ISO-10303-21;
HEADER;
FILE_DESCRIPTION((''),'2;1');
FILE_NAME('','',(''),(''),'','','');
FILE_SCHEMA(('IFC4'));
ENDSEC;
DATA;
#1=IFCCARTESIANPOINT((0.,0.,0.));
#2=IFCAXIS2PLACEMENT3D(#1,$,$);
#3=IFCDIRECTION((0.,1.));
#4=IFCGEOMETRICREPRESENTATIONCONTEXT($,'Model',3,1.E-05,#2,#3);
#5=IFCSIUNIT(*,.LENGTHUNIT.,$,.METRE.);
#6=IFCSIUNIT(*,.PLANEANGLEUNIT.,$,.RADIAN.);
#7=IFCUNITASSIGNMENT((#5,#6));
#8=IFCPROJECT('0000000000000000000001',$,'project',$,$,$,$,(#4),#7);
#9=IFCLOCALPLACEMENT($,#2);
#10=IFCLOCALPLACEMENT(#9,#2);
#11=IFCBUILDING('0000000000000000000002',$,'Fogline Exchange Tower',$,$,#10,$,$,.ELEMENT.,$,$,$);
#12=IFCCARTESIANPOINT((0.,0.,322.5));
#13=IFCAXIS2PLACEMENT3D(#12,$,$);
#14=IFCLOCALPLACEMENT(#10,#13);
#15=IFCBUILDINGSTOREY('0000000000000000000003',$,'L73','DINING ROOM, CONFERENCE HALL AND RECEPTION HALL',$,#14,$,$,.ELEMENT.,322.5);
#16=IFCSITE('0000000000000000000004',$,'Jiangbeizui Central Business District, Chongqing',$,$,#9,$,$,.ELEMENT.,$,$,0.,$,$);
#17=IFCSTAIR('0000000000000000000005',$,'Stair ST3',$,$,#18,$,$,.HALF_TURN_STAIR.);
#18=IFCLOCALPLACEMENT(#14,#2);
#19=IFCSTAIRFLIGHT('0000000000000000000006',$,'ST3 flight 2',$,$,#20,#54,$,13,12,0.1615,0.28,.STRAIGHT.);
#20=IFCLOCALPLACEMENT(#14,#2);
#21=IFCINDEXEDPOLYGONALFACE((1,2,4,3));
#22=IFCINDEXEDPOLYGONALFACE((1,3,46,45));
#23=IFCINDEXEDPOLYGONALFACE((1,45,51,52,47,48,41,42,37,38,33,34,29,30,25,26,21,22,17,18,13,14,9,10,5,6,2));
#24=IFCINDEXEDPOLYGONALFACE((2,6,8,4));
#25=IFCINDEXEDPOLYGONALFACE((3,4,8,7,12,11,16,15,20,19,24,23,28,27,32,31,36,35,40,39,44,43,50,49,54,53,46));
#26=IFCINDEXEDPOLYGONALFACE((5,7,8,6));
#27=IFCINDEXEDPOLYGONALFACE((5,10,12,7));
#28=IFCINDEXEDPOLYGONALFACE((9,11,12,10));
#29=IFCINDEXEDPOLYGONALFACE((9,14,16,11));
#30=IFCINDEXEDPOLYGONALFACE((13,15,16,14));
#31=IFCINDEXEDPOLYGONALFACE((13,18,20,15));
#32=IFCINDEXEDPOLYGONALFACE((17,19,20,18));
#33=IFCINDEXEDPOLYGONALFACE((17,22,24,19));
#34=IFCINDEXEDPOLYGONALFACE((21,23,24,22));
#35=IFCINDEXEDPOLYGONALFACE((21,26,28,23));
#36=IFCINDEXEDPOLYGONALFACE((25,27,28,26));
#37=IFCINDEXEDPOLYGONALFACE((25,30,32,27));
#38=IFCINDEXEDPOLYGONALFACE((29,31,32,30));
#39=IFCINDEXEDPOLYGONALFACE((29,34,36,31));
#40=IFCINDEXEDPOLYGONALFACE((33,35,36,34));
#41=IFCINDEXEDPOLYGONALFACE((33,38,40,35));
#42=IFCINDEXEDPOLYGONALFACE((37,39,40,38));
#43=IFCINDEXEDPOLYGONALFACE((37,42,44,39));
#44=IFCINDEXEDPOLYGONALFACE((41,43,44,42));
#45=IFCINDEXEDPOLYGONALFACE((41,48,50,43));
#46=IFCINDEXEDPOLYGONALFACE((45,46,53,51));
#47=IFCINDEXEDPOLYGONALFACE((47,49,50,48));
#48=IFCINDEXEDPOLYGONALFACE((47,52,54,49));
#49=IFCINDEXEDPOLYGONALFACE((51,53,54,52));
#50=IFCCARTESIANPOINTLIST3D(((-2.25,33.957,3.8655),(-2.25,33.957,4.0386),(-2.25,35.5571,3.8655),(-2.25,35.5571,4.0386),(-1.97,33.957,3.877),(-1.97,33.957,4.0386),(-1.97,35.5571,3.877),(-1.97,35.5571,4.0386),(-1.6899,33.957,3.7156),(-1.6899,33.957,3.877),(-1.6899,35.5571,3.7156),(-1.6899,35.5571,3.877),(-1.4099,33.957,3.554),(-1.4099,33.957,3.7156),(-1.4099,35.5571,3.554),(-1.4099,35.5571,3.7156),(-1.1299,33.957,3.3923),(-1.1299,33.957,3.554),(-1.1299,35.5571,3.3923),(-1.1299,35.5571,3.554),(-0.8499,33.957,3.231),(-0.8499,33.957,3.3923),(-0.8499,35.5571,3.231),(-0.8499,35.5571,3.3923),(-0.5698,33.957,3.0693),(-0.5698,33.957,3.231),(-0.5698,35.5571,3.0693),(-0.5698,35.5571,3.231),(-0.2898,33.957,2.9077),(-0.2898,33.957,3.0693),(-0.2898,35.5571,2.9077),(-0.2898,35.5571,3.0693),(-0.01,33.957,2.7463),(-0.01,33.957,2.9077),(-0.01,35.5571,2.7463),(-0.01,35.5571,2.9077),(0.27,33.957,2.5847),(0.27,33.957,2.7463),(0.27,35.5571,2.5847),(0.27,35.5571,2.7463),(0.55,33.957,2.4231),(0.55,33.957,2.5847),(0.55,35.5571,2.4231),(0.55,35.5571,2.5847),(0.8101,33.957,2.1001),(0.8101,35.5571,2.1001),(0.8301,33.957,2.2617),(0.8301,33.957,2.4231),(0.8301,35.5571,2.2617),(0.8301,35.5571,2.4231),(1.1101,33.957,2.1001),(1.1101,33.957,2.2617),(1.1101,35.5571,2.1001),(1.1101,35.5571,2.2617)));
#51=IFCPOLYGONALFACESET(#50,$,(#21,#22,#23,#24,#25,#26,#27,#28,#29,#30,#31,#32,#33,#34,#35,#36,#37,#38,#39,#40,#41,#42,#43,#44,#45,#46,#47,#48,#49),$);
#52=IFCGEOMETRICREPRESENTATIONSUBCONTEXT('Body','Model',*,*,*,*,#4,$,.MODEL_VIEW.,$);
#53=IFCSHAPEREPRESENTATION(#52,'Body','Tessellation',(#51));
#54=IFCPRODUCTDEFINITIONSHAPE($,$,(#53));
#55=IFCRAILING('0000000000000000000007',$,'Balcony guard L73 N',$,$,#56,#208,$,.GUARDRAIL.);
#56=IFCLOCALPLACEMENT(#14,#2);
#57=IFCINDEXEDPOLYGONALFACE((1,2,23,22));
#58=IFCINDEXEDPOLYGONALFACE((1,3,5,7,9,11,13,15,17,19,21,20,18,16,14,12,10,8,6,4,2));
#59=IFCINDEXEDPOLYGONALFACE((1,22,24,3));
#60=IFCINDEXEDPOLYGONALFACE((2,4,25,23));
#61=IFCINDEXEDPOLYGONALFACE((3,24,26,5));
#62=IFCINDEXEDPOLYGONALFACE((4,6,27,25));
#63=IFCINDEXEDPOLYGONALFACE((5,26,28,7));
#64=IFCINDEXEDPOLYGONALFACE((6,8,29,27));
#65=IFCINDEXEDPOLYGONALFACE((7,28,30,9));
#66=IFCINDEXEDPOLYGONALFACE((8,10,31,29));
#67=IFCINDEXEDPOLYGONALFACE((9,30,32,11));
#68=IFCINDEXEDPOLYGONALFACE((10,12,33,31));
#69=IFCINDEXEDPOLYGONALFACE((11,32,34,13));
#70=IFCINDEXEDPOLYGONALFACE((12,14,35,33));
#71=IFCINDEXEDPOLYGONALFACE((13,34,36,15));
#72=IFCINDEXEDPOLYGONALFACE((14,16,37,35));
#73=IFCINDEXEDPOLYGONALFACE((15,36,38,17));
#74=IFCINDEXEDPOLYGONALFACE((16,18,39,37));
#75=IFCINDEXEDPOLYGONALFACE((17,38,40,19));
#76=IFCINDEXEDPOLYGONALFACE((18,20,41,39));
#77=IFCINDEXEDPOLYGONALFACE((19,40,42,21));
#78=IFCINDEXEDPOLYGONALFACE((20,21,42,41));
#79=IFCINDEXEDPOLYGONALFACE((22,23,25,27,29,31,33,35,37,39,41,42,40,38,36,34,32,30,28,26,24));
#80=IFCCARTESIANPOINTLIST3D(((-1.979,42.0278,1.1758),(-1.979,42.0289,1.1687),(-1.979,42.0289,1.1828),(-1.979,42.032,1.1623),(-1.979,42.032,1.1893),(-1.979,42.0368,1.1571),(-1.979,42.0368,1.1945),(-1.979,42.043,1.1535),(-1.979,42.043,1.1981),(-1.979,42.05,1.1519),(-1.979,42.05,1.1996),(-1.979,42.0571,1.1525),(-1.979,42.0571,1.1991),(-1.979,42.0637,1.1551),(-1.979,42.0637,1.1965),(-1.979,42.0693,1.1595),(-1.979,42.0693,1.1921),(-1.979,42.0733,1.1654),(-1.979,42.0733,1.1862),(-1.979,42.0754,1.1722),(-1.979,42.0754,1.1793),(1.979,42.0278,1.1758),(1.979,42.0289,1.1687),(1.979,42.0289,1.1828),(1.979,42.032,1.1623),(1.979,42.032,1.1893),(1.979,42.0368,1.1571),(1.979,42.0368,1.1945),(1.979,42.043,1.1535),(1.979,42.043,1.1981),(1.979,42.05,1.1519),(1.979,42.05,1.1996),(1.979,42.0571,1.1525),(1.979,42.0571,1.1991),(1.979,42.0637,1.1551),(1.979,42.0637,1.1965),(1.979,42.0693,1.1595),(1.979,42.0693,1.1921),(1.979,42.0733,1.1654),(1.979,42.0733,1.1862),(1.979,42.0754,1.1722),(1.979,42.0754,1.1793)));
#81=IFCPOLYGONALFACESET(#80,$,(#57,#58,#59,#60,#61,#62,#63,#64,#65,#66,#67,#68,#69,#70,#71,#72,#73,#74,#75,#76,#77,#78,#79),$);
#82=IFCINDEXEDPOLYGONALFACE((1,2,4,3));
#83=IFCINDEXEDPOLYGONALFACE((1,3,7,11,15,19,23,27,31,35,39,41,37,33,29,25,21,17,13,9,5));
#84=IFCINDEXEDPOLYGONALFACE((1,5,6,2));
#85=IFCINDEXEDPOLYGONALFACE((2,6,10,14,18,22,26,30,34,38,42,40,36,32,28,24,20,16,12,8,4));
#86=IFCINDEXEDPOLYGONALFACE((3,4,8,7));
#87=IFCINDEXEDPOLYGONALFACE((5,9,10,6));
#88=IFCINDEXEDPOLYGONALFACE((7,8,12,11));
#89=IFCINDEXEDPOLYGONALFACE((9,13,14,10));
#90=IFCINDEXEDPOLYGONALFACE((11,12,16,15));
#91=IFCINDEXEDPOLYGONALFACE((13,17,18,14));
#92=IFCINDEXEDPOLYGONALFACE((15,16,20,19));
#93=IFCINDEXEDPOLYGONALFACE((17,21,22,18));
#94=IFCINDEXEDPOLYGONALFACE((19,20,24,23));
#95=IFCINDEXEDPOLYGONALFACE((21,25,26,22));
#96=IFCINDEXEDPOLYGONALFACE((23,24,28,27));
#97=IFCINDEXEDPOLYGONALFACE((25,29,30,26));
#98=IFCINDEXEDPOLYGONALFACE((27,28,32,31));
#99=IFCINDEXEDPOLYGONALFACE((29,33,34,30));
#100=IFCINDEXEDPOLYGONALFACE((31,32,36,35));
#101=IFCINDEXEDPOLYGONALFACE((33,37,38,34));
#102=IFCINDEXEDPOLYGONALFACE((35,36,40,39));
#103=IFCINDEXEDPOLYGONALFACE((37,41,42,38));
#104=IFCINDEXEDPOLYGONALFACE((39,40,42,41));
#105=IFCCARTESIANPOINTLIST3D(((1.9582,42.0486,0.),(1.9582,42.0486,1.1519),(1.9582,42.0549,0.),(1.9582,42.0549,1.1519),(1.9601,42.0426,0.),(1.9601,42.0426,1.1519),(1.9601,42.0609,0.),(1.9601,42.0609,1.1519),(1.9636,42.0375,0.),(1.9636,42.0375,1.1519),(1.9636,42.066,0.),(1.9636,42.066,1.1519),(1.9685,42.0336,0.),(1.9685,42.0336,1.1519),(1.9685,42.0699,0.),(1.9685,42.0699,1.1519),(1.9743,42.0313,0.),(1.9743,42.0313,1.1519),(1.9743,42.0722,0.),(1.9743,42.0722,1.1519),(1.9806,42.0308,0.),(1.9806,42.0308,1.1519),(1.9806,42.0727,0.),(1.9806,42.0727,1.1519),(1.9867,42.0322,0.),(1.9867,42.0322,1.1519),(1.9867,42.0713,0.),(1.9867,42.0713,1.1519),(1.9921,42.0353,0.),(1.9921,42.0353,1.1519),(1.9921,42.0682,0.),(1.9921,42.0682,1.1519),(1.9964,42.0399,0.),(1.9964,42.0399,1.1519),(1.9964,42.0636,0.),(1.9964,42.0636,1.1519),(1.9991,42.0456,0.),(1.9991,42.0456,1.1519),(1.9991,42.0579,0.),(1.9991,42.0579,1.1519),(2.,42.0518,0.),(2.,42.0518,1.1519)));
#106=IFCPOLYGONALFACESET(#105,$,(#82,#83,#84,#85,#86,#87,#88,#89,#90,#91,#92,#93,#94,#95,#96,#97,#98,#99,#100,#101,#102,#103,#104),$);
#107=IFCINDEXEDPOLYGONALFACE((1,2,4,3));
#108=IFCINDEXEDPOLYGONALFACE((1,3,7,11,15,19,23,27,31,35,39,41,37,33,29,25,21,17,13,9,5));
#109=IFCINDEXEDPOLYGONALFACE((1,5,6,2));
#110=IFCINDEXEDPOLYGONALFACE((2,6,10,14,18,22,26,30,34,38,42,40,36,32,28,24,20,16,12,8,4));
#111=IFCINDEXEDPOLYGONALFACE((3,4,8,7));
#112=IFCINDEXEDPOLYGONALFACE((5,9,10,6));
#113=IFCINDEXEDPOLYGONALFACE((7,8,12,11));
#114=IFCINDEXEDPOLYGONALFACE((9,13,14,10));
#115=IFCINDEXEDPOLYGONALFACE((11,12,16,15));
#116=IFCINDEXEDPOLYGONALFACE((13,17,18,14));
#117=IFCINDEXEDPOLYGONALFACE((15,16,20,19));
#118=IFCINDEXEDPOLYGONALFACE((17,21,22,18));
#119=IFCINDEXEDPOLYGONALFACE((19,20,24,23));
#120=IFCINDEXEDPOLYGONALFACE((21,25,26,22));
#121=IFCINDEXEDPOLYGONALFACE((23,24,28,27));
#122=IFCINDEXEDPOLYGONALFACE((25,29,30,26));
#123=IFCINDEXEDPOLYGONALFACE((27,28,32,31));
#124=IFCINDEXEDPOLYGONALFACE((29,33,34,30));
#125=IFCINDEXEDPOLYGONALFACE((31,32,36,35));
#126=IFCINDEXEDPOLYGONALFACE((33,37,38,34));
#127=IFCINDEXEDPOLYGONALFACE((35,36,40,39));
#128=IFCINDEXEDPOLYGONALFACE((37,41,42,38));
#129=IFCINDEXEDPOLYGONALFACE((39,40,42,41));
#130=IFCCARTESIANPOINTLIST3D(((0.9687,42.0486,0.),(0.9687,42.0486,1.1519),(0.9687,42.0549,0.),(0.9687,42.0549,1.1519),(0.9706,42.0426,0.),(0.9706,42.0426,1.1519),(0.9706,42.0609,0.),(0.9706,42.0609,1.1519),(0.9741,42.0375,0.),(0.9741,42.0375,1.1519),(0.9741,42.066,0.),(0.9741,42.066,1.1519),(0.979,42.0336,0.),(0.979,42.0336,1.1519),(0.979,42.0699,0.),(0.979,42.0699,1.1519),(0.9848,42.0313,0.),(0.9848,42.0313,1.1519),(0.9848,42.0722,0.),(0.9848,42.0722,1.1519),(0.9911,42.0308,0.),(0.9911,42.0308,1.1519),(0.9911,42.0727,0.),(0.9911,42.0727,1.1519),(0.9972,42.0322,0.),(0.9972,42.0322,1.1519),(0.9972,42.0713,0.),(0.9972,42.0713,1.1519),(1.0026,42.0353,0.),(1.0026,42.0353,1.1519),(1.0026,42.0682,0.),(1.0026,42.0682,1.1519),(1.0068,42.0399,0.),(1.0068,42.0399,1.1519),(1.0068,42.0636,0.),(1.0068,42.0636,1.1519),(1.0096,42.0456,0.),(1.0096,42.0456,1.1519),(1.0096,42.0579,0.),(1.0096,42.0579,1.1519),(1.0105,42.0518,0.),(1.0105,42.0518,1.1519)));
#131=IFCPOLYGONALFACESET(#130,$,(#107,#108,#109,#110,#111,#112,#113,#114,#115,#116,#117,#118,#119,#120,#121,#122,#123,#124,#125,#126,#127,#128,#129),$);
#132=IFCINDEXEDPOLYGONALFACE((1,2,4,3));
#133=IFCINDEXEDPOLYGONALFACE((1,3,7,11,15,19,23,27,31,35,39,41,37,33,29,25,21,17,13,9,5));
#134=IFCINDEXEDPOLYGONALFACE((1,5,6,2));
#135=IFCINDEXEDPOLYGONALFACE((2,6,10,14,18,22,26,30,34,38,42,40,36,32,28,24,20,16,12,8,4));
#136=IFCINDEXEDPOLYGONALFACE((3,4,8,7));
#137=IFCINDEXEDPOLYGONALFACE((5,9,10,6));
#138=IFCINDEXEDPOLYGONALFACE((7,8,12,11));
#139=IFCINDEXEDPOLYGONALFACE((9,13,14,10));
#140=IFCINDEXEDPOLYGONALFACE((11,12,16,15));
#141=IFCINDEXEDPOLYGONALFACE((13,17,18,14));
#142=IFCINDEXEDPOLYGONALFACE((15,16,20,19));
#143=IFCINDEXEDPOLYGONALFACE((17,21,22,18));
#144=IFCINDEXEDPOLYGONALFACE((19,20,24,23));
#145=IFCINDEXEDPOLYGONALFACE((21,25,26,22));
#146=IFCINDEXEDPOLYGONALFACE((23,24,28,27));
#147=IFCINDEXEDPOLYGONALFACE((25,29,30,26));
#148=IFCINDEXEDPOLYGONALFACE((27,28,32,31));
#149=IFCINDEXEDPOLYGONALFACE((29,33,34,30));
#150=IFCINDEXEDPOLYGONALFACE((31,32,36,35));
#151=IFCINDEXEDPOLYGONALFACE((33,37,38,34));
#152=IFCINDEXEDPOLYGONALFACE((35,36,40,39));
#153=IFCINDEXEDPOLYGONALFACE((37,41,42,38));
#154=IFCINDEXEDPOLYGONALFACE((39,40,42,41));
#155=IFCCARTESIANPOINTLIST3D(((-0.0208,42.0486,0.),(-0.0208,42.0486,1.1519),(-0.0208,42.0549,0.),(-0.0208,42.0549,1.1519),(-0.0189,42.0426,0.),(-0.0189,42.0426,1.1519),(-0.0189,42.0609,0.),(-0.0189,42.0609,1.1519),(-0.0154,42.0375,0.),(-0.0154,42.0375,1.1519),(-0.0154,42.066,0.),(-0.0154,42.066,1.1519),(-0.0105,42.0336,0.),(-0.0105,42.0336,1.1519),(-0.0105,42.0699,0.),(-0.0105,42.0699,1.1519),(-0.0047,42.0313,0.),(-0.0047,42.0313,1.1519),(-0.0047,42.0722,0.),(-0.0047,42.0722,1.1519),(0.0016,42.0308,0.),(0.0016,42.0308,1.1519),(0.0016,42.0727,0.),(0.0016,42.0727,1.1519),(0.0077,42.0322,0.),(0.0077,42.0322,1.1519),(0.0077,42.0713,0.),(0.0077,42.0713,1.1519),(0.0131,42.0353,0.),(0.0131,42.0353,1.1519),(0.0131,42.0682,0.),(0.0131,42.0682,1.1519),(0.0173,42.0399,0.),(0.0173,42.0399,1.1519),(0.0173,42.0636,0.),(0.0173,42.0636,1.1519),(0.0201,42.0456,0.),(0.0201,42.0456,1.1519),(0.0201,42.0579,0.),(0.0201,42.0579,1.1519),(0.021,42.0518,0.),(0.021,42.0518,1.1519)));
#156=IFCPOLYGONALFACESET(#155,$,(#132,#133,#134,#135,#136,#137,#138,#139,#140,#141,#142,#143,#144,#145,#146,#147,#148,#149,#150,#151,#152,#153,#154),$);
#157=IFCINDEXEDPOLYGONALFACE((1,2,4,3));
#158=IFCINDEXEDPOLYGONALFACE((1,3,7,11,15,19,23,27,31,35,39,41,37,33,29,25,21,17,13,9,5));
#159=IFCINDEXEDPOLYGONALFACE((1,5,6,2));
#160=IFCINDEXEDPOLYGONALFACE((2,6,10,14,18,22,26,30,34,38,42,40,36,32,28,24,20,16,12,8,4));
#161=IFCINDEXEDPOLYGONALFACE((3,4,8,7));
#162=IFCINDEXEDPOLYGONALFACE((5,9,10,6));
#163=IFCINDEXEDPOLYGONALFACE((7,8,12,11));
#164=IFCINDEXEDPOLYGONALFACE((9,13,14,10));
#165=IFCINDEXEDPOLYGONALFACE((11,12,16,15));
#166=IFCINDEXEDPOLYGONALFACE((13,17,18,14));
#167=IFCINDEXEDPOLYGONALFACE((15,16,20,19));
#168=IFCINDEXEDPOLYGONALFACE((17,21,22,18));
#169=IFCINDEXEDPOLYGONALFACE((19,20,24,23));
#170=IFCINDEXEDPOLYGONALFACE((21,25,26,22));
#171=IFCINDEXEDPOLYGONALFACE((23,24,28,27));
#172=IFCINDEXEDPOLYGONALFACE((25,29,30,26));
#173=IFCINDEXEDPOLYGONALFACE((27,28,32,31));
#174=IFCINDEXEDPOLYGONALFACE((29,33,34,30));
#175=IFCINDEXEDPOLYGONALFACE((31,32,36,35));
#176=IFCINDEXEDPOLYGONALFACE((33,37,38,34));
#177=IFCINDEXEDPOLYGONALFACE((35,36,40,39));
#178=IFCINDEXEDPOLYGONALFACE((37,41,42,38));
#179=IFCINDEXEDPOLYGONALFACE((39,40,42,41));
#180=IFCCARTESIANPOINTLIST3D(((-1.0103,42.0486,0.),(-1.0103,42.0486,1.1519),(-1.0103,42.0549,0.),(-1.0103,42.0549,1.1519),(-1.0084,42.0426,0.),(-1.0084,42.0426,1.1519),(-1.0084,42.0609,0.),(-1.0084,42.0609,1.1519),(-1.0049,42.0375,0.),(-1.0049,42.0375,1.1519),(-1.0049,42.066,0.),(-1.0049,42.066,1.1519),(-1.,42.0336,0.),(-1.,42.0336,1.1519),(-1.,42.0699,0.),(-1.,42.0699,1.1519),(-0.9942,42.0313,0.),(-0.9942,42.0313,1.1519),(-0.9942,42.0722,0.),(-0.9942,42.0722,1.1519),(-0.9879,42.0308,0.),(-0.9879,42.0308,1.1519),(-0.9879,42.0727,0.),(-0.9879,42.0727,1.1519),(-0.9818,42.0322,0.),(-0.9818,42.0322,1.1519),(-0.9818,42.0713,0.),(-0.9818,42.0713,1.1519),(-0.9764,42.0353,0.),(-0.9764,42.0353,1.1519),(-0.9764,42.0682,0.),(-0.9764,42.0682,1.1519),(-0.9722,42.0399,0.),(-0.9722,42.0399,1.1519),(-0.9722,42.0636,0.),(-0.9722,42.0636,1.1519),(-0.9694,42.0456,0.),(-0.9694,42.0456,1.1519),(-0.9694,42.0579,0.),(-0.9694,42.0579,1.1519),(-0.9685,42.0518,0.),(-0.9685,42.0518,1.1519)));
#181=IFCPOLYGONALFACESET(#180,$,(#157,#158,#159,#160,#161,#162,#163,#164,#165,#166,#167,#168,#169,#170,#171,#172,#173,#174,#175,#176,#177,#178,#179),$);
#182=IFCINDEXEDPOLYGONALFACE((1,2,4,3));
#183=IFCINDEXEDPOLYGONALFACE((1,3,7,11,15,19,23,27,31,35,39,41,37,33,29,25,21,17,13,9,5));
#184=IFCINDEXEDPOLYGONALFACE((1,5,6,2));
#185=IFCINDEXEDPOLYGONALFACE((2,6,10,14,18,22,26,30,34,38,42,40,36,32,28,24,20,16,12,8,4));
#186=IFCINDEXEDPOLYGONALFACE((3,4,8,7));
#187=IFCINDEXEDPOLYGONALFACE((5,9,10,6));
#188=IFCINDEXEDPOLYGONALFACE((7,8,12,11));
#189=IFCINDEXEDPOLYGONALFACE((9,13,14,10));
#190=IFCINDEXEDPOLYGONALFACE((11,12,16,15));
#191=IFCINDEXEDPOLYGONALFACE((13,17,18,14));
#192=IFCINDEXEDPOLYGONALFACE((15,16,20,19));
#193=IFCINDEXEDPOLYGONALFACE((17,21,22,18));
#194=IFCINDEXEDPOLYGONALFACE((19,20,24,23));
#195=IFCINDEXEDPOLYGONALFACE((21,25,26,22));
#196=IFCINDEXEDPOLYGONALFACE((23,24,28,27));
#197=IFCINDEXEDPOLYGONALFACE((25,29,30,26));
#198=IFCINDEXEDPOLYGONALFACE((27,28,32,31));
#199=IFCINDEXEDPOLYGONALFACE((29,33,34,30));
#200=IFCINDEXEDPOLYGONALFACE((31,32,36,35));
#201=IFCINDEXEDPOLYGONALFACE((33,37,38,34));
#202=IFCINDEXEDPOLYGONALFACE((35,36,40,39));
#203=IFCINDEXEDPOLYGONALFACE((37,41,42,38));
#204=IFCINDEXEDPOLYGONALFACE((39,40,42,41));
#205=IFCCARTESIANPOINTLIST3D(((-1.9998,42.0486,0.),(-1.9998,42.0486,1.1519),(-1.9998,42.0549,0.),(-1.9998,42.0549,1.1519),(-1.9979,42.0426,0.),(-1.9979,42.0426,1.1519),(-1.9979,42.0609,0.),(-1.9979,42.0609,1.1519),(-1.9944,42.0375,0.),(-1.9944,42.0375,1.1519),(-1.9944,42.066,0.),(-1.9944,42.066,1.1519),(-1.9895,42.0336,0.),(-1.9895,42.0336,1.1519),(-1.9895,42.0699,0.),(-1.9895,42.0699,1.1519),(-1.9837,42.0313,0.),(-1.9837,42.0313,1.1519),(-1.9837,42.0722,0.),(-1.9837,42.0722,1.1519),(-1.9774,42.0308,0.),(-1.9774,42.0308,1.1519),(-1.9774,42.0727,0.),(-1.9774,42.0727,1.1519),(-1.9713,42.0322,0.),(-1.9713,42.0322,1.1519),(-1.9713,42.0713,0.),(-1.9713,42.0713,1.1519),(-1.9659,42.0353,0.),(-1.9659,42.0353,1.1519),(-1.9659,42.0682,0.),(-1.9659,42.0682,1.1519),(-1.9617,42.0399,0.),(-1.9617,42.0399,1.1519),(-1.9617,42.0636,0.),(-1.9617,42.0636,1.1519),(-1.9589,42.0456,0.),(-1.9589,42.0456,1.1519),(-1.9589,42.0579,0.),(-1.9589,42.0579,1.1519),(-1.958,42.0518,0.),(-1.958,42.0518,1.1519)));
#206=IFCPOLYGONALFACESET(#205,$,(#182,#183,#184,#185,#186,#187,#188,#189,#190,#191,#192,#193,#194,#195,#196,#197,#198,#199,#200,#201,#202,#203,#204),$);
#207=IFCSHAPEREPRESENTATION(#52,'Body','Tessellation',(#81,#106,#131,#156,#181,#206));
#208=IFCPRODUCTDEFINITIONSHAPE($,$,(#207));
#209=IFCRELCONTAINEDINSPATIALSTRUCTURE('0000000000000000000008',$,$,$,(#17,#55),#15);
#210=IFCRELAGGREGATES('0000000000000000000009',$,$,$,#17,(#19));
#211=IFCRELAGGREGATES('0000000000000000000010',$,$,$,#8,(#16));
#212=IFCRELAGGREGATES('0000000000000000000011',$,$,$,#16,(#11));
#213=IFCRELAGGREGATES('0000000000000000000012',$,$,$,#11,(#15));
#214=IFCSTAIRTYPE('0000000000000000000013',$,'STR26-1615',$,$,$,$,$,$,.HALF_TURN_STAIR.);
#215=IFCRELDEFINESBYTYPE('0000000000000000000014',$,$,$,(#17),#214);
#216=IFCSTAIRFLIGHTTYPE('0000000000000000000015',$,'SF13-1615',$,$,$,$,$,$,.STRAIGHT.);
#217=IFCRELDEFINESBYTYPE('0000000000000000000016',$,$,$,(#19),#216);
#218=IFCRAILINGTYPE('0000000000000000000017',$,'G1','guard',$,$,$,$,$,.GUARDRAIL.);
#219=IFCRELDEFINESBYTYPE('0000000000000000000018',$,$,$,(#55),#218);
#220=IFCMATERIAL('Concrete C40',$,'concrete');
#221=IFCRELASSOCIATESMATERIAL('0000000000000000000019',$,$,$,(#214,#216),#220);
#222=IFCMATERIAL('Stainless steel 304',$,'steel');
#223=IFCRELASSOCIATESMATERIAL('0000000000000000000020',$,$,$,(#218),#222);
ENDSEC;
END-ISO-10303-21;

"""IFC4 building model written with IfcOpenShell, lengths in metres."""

from ifc_helpers import new_model, si_unit, direction, frame, origin, origin_2d, place, context, subcontext, project, spatial, polyline, circle, outline, extrude, material, type_object, element, aggregate, save


model = new_model("IFC4")

# Units and contexts
model_context = context("Model", 3, precision=1e-05, world=origin(), true_north=direction((0.0, 1.0)))
body_context = subcontext(model_context, "Body", "Model", "MODEL_VIEW")
ifc_project = project(units=[si_unit("LENGTHUNIT", "METRE"), si_unit("PLANEANGLEUNIT", "RADIAN")], contexts=[model_context])

# Site, building, storey
site_placement = place(None, origin())
site = spatial("IfcSite", under=ifc_project, at=site_placement, Name="Jiangbeizui Central Business District, Chongqing", CompositionType="ELEMENT", RefElevation=0.0)
building_placement = place(site_placement, origin())
building = spatial("IfcBuilding", under=site, at=building_placement, Name="Fogline Exchange Tower", CompositionType="ELEMENT")
storey_placement = place(building_placement, frame((0.0, 0.0, 322.5)))
storey = spatial("IfcBuildingStorey", under=building, at=storey_placement, Name="L73", Description="DINING ROOM, CONFERENCE HALL AND RECEPTION HALL", CompositionType="ELEMENT", Elevation=322.5)

# Shared definitions
ifc_material_1 = material(Name="Concrete C40", Category="concrete")

# Stair, stair flight
stair_type = type_object("IfcStairType", Name="STR26-1615", PredefinedType="HALF_TURN_STAIR", material=ifc_material_1)
stair_placement = place(storey_placement, origin())
stair = element("IfcStair", 1, at=stair_placement, inside=storey, type_object=stair_type, Name="Stair ST3", PredefinedType="HALF_TURN_STAIR")
stair_flight_type = type_object("IfcStairFlightType", Name="SF13-1615", PredefinedType="STRAIGHT", material=ifc_material_1)
stair_flight_placement = place(storey_placement, frame((1.1101, 34.7571, 2.1001), z_axis=(0.0, 0.0, 1.0), x_axis=(-1.0, 0.0, 0.0)))
stair_flight = element("IfcStairFlight", 2, at=stair_flight_placement, type_object=stair_flight_type, Name="ST3 flight 2", NumberOfRisers=13, NumberOfTreads=12, PredefinedType="STRAIGHT", RiserHeight=0.1615, TreadLength=0.28, context=body_context, shape_type="SweptSolid", body=[
    extrude(outline(polyline([(0.0, 0.0), (0.0, 0.1616), (0.28, 0.1616), (0.28, 0.323), (0.5601, 0.323), (0.5601, 0.4846), (0.8401, 0.4846), (0.8401, 0.6462), (1.1201, 0.6462), (1.1201, 0.8076), (1.3999, 0.8076), (1.3999, 0.9692), (1.6799, 0.9692), (1.6799, 1.1309), (1.96, 1.1309), (1.96, 1.2922), (2.24, 1.2922), (2.24, 1.4539), (2.52, 1.4539), (2.52, 1.6155), (2.8, 1.6155), (2.8, 1.7769), (3.0801, 1.7769), (3.0801, 1.9385), (3.3601, 1.9385), (3.3601, 2.1001), (3.3601, 1.7654), (0.3, 0.0), (0.0, 0.0)])), frame((0.0, 0.8, 0.0), z_axis=(0.0, -1.0, 0.0), x_axis=(1.0, 0.0, 0.0)), (0.0, 0.0, 1.0), 1.6001),
])
aggregate(stair, [stair_flight])

# Railing
ifc_material_2 = material(Name="Stainless steel 304", Category="steel")
railing_type = type_object("IfcRailingType", Name="G1", Description="guard", PredefinedType="GUARDRAIL", material=ifc_material_2)
railing_placement = place(storey_placement, frame((1.979, 42.0518, 0.0)))
element("IfcRailing", 3, at=railing_placement, inside=storey, type_object=railing_type, Name="Balcony guard L73 N", PredefinedType="GUARDRAIL", context=body_context, shape_type="SweptSolid", body=[
    extrude(circle(Radius=0.0239, at=origin_2d()), frame((0.0, 0.0, 1.1758), z_axis=(-1.0, 0.0, 0.0), x_axis=(0.0, -1.0, 0.0)), (0.0, 0.0, 1.0), 3.958),
    extrude(circle(Radius=0.021, at=origin_2d()), origin(), (0.0, 0.0, 1.0), 1.1519),
    extrude(circle(Radius=0.021, at=origin_2d()), frame((-0.9895, 0.0, 0.0)), (0.0, 0.0, 1.0), 1.1519),
    extrude(circle(Radius=0.021, at=origin_2d()), frame((-1.979, 0.0, 0.0)), (0.0, 0.0, 1.0), 1.1519),
    extrude(circle(Radius=0.021, at=origin_2d()), frame((-2.9685, 0.0, 0.0)), (0.0, 0.0, 1.0), 1.1519),
    extrude(circle(Radius=0.021, at=origin_2d()), frame((-3.958, 0.0, 0.0)), (0.0, 0.0, 1.0), 1.1519),
])

save(model, "model.ifc")
